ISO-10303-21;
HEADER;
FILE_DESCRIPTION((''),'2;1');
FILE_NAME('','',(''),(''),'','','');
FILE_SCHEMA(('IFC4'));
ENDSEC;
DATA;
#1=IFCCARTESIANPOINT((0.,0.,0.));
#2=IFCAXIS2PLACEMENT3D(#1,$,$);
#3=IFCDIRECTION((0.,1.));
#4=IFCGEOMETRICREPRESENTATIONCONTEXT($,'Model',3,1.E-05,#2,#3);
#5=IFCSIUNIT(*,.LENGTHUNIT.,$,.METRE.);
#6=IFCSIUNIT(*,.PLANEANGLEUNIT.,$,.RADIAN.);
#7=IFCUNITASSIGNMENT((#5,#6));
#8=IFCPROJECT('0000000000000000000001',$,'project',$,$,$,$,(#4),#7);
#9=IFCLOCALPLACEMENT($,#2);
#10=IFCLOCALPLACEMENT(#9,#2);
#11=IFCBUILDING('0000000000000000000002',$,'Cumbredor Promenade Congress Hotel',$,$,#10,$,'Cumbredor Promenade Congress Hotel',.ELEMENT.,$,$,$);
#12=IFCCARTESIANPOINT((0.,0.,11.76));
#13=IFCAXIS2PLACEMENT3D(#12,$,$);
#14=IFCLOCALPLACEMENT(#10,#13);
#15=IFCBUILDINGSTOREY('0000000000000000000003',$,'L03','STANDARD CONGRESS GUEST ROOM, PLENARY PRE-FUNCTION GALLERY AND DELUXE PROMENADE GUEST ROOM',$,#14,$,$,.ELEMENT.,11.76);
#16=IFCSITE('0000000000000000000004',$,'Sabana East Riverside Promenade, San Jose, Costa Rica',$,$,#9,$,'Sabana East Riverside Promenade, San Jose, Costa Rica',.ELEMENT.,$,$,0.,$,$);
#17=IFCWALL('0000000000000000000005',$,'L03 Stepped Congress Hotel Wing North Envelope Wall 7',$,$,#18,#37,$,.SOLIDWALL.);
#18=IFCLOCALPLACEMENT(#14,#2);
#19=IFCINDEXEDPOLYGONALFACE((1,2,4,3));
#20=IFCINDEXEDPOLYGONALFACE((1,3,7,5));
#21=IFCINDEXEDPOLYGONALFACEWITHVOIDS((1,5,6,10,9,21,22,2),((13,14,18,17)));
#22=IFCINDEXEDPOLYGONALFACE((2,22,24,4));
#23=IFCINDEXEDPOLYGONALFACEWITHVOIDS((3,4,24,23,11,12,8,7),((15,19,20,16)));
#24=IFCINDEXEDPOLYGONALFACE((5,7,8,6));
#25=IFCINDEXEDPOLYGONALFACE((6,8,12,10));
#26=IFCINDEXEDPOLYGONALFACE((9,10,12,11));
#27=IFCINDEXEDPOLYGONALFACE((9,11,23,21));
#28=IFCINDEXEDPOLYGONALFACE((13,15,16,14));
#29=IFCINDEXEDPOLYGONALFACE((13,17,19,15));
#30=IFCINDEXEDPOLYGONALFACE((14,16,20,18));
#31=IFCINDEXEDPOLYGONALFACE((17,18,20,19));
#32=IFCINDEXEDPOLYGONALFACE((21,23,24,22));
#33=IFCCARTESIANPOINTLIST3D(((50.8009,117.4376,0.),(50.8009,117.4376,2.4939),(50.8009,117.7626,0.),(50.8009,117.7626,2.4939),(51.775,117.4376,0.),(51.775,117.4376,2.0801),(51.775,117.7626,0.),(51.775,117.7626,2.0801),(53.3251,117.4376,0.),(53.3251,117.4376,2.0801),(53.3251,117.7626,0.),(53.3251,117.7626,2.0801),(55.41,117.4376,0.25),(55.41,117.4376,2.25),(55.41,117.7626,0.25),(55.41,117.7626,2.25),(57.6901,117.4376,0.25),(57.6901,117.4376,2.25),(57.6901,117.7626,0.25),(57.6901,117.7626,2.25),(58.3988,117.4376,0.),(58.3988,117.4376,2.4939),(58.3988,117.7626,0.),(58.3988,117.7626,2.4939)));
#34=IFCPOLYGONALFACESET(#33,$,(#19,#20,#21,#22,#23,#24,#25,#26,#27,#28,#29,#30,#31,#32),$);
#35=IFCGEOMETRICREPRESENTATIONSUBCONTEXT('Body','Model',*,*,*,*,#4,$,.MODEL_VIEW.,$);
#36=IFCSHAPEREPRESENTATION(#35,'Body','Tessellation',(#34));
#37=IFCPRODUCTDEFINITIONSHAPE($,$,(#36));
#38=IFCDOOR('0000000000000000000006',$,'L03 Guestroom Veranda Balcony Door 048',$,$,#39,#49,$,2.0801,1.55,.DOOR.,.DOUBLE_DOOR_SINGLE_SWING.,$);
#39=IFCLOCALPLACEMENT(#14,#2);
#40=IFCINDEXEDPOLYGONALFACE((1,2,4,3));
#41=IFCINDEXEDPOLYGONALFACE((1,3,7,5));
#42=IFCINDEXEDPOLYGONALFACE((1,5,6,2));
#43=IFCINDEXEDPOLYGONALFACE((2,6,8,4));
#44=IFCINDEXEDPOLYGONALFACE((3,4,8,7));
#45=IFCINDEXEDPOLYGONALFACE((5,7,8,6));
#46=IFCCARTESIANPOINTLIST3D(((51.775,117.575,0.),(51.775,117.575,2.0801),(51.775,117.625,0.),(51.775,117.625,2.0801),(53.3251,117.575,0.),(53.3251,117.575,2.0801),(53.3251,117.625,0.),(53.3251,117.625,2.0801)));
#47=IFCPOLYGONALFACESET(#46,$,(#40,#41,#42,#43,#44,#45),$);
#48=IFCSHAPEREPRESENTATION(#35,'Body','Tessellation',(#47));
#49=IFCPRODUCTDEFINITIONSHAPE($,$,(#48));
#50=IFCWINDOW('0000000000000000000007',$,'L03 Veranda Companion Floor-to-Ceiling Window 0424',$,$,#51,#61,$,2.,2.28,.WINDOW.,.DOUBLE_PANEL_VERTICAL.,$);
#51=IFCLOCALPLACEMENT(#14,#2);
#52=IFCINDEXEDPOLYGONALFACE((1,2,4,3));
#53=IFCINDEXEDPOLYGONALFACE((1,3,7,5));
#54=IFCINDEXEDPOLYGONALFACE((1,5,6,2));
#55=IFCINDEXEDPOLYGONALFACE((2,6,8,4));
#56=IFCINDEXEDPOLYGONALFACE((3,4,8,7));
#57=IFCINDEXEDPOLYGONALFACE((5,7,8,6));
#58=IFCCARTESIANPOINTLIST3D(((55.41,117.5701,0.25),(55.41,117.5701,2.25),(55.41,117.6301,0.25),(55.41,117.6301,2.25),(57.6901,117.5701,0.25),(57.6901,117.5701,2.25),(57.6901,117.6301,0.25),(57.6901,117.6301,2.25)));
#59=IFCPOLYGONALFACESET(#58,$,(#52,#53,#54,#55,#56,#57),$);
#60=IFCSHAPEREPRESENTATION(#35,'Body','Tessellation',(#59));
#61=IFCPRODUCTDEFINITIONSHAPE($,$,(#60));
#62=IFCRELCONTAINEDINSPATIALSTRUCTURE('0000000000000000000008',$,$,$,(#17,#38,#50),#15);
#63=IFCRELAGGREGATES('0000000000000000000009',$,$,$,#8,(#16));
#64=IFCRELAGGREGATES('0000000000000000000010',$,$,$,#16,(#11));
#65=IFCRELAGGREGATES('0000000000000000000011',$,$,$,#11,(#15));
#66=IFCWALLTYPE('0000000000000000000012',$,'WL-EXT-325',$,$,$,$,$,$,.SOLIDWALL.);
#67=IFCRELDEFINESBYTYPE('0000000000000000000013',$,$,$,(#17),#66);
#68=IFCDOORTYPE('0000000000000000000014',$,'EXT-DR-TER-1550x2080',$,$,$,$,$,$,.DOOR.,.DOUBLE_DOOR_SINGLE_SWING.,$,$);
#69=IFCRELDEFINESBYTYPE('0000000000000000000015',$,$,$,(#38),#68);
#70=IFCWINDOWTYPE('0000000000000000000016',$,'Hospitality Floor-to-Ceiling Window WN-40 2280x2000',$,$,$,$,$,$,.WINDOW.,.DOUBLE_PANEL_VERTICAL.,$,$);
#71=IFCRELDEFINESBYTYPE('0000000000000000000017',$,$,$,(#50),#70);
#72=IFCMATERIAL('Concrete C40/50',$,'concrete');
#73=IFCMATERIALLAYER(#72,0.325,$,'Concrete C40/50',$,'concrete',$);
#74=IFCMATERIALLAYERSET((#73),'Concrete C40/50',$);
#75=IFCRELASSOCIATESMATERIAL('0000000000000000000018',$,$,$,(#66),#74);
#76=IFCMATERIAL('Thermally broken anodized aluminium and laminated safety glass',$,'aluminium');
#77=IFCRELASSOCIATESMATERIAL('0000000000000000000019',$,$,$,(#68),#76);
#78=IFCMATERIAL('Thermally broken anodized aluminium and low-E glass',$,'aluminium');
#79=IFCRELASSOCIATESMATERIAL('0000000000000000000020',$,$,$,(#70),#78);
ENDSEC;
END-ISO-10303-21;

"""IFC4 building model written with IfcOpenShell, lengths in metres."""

from ifc_helpers import new_model, si_unit, direction, frame, frame_2d, origin, place, context, subcontext, project, spatial, rectangle, extrude, material, layer, layer_set, type_object, element, fill, save


model = new_model("IFC4")

# Units and contexts
model_context = context("Model", 3, precision=1e-05, world=origin(), true_north=direction((0.0, 1.0)))
body_context = subcontext(model_context, "Body", "Model", "MODEL_VIEW")
ifc_project = project(units=[si_unit("LENGTHUNIT", "METRE"), si_unit("PLANEANGLEUNIT", "RADIAN")], contexts=[model_context])

# Site, building, storey
site_placement = place(None, origin())
site = spatial("IfcSite", under=ifc_project, at=site_placement, Name="Sabana East Riverside Promenade, San Jose, Costa Rica", LongName="Sabana East Riverside Promenade, San Jose, Costa Rica", CompositionType="ELEMENT", RefElevation=0.0)
building_placement = place(site_placement, origin())
building = spatial("IfcBuilding", under=site, at=building_placement, Name="Cumbredor Promenade Congress Hotel", LongName="Cumbredor Promenade Congress Hotel", CompositionType="ELEMENT")
storey_placement = place(building_placement, frame((0.0, 0.0, 11.76)))
storey = spatial("IfcBuildingStorey", under=building, at=storey_placement, Name="L03", Description="STANDARD CONGRESS GUEST ROOM, PLENARY PRE-FUNCTION GALLERY AND DELUXE PROMENADE GUEST ROOM", CompositionType="ELEMENT", Elevation=11.76)

# Shared definitions
ifc_material_1 = material(Name="Concrete C40/50", Category="concrete")

# Shared definitions
ifc_material_2 = material(Name="Thermally broken anodized aluminium and low-E glass", Category="aluminium")

# Wall, openings, door, window
ifc_layer_1 = layer(ifc_material_1, 0.325, Name="Concrete C40/50", Category="concrete")
ifc_layer_set_1 = layer_set([ifc_layer_1], Name="Concrete C40/50")
wall_type_1 = type_object("IfcWallType", Name="WL-EXT-325", PredefinedType="SOLIDWALL", material=ifc_layer_set_1)
wall_1_placement = place(storey_placement, frame((50.801, 117.6001, 0.0), z_axis=(0.0, 0.0, 1.0), x_axis=(1.0, 0.0, 0.0)))
wall_1 = element("IfcWall", 1, at=wall_1_placement, inside=storey, type_object=wall_type_1, Name="L03 Stepped Congress Hotel Wing North Envelope Wall 7", PredefinedType="SOLIDWALL", context=body_context, shape_type="SweptSolid", body=[
    extrude(rectangle(XDim=7.5979, YDim=0.325, at=frame_2d((3.7988, 0.0))), origin(), (0.0, 0.0, 1.0), 2.4939),
])
opening_1_placement = place(wall_1_placement, frame((0.9741, 0.0, 0.0)))
opening_1 = element("IfcOpeningElement", 2, at=opening_1_placement, cuts=wall_1, PredefinedType="OPENING", context=body_context, shape_type="SweptSolid", body=[
    extrude(rectangle(XDim=1.55, YDim=2.0801, at=frame_2d((0.7749, 1.04))), frame((0.0, 0.1724, 0.0), z_axis=(0.0, -1.0, 0.0), x_axis=(1.0, 0.0, 0.0)), (0.0, 0.0, 1.0), 0.345),
])
opening_2_placement = place(wall_1_placement, frame((4.6089, 0.0, 0.25)))
opening_2 = element("IfcOpeningElement", 3, at=opening_2_placement, cuts=wall_1, PredefinedType="OPENING", context=body_context, shape_type="SweptSolid", body=[
    extrude(rectangle(XDim=2.28, YDim=2.0, at=frame_2d((1.1401, 1.0))), frame((0.0, 0.1724, 0.0), z_axis=(0.0, -1.0, 0.0), x_axis=(1.0, 0.0, 0.0)), (0.0, 0.0, 1.0), 0.345),
])
ifc_material_3 = material(Name="Thermally broken anodized aluminium and laminated safety glass", Category="aluminium")
door_type_1 = type_object("IfcDoorType", Name="EXT-DR-TER-1550x2080", OperationType="DOUBLE_DOOR_SINGLE_SWING", PredefinedType="DOOR", material=ifc_material_3)
door_1_placement = place(opening_1_placement, origin())
door_1 = element("IfcDoor", 4, at=door_1_placement, inside=storey, type_object=door_type_1, Name="L03 Guestroom Veranda Balcony Door 048", OperationType="DOUBLE_DOOR_SINGLE_SWING", OverallHeight=2.0801, OverallWidth=1.55, PredefinedType="DOOR", context=body_context, shape_type="SweptSolid", body=[
    extrude(rectangle(XDim=1.55, YDim=2.0801, at=frame_2d((0.7749, 1.04))), frame((0.0, 0.0249, 0.0), z_axis=(0.0, -1.0, 0.0), x_axis=(1.0, 0.0, 0.0)), (0.0, 0.0, 1.0), 0.05),
])
fill(opening_1, door_1)
window_type = type_object("IfcWindowType", Name="Hospitality Floor-to-Ceiling Window WN-40 2280x2000", PartitioningType="DOUBLE_PANEL_VERTICAL", PredefinedType="WINDOW", material=ifc_material_2)
window_placement = place(opening_2_placement, origin())
window = element("IfcWindow", 5, at=window_placement, inside=storey, type_object=window_type, Name="L03 Veranda Companion Floor-to-Ceiling Window 0424", OverallHeight=2.0, OverallWidth=2.28, PartitioningType="DOUBLE_PANEL_VERTICAL", PredefinedType="WINDOW", context=body_context, shape_type="SweptSolid", body=[
    extrude(rectangle(XDim=2.28, YDim=2.0, at=frame_2d((1.1401, 1.0))), frame((0.0, 0.03, 0.0), z_axis=(0.0, -1.0, 0.0), x_axis=(1.0, 0.0, 0.0)), (0.0, 0.0, 1.0), 0.0601),
])
fill(opening_2, window)

save(model, "model.ifc")
